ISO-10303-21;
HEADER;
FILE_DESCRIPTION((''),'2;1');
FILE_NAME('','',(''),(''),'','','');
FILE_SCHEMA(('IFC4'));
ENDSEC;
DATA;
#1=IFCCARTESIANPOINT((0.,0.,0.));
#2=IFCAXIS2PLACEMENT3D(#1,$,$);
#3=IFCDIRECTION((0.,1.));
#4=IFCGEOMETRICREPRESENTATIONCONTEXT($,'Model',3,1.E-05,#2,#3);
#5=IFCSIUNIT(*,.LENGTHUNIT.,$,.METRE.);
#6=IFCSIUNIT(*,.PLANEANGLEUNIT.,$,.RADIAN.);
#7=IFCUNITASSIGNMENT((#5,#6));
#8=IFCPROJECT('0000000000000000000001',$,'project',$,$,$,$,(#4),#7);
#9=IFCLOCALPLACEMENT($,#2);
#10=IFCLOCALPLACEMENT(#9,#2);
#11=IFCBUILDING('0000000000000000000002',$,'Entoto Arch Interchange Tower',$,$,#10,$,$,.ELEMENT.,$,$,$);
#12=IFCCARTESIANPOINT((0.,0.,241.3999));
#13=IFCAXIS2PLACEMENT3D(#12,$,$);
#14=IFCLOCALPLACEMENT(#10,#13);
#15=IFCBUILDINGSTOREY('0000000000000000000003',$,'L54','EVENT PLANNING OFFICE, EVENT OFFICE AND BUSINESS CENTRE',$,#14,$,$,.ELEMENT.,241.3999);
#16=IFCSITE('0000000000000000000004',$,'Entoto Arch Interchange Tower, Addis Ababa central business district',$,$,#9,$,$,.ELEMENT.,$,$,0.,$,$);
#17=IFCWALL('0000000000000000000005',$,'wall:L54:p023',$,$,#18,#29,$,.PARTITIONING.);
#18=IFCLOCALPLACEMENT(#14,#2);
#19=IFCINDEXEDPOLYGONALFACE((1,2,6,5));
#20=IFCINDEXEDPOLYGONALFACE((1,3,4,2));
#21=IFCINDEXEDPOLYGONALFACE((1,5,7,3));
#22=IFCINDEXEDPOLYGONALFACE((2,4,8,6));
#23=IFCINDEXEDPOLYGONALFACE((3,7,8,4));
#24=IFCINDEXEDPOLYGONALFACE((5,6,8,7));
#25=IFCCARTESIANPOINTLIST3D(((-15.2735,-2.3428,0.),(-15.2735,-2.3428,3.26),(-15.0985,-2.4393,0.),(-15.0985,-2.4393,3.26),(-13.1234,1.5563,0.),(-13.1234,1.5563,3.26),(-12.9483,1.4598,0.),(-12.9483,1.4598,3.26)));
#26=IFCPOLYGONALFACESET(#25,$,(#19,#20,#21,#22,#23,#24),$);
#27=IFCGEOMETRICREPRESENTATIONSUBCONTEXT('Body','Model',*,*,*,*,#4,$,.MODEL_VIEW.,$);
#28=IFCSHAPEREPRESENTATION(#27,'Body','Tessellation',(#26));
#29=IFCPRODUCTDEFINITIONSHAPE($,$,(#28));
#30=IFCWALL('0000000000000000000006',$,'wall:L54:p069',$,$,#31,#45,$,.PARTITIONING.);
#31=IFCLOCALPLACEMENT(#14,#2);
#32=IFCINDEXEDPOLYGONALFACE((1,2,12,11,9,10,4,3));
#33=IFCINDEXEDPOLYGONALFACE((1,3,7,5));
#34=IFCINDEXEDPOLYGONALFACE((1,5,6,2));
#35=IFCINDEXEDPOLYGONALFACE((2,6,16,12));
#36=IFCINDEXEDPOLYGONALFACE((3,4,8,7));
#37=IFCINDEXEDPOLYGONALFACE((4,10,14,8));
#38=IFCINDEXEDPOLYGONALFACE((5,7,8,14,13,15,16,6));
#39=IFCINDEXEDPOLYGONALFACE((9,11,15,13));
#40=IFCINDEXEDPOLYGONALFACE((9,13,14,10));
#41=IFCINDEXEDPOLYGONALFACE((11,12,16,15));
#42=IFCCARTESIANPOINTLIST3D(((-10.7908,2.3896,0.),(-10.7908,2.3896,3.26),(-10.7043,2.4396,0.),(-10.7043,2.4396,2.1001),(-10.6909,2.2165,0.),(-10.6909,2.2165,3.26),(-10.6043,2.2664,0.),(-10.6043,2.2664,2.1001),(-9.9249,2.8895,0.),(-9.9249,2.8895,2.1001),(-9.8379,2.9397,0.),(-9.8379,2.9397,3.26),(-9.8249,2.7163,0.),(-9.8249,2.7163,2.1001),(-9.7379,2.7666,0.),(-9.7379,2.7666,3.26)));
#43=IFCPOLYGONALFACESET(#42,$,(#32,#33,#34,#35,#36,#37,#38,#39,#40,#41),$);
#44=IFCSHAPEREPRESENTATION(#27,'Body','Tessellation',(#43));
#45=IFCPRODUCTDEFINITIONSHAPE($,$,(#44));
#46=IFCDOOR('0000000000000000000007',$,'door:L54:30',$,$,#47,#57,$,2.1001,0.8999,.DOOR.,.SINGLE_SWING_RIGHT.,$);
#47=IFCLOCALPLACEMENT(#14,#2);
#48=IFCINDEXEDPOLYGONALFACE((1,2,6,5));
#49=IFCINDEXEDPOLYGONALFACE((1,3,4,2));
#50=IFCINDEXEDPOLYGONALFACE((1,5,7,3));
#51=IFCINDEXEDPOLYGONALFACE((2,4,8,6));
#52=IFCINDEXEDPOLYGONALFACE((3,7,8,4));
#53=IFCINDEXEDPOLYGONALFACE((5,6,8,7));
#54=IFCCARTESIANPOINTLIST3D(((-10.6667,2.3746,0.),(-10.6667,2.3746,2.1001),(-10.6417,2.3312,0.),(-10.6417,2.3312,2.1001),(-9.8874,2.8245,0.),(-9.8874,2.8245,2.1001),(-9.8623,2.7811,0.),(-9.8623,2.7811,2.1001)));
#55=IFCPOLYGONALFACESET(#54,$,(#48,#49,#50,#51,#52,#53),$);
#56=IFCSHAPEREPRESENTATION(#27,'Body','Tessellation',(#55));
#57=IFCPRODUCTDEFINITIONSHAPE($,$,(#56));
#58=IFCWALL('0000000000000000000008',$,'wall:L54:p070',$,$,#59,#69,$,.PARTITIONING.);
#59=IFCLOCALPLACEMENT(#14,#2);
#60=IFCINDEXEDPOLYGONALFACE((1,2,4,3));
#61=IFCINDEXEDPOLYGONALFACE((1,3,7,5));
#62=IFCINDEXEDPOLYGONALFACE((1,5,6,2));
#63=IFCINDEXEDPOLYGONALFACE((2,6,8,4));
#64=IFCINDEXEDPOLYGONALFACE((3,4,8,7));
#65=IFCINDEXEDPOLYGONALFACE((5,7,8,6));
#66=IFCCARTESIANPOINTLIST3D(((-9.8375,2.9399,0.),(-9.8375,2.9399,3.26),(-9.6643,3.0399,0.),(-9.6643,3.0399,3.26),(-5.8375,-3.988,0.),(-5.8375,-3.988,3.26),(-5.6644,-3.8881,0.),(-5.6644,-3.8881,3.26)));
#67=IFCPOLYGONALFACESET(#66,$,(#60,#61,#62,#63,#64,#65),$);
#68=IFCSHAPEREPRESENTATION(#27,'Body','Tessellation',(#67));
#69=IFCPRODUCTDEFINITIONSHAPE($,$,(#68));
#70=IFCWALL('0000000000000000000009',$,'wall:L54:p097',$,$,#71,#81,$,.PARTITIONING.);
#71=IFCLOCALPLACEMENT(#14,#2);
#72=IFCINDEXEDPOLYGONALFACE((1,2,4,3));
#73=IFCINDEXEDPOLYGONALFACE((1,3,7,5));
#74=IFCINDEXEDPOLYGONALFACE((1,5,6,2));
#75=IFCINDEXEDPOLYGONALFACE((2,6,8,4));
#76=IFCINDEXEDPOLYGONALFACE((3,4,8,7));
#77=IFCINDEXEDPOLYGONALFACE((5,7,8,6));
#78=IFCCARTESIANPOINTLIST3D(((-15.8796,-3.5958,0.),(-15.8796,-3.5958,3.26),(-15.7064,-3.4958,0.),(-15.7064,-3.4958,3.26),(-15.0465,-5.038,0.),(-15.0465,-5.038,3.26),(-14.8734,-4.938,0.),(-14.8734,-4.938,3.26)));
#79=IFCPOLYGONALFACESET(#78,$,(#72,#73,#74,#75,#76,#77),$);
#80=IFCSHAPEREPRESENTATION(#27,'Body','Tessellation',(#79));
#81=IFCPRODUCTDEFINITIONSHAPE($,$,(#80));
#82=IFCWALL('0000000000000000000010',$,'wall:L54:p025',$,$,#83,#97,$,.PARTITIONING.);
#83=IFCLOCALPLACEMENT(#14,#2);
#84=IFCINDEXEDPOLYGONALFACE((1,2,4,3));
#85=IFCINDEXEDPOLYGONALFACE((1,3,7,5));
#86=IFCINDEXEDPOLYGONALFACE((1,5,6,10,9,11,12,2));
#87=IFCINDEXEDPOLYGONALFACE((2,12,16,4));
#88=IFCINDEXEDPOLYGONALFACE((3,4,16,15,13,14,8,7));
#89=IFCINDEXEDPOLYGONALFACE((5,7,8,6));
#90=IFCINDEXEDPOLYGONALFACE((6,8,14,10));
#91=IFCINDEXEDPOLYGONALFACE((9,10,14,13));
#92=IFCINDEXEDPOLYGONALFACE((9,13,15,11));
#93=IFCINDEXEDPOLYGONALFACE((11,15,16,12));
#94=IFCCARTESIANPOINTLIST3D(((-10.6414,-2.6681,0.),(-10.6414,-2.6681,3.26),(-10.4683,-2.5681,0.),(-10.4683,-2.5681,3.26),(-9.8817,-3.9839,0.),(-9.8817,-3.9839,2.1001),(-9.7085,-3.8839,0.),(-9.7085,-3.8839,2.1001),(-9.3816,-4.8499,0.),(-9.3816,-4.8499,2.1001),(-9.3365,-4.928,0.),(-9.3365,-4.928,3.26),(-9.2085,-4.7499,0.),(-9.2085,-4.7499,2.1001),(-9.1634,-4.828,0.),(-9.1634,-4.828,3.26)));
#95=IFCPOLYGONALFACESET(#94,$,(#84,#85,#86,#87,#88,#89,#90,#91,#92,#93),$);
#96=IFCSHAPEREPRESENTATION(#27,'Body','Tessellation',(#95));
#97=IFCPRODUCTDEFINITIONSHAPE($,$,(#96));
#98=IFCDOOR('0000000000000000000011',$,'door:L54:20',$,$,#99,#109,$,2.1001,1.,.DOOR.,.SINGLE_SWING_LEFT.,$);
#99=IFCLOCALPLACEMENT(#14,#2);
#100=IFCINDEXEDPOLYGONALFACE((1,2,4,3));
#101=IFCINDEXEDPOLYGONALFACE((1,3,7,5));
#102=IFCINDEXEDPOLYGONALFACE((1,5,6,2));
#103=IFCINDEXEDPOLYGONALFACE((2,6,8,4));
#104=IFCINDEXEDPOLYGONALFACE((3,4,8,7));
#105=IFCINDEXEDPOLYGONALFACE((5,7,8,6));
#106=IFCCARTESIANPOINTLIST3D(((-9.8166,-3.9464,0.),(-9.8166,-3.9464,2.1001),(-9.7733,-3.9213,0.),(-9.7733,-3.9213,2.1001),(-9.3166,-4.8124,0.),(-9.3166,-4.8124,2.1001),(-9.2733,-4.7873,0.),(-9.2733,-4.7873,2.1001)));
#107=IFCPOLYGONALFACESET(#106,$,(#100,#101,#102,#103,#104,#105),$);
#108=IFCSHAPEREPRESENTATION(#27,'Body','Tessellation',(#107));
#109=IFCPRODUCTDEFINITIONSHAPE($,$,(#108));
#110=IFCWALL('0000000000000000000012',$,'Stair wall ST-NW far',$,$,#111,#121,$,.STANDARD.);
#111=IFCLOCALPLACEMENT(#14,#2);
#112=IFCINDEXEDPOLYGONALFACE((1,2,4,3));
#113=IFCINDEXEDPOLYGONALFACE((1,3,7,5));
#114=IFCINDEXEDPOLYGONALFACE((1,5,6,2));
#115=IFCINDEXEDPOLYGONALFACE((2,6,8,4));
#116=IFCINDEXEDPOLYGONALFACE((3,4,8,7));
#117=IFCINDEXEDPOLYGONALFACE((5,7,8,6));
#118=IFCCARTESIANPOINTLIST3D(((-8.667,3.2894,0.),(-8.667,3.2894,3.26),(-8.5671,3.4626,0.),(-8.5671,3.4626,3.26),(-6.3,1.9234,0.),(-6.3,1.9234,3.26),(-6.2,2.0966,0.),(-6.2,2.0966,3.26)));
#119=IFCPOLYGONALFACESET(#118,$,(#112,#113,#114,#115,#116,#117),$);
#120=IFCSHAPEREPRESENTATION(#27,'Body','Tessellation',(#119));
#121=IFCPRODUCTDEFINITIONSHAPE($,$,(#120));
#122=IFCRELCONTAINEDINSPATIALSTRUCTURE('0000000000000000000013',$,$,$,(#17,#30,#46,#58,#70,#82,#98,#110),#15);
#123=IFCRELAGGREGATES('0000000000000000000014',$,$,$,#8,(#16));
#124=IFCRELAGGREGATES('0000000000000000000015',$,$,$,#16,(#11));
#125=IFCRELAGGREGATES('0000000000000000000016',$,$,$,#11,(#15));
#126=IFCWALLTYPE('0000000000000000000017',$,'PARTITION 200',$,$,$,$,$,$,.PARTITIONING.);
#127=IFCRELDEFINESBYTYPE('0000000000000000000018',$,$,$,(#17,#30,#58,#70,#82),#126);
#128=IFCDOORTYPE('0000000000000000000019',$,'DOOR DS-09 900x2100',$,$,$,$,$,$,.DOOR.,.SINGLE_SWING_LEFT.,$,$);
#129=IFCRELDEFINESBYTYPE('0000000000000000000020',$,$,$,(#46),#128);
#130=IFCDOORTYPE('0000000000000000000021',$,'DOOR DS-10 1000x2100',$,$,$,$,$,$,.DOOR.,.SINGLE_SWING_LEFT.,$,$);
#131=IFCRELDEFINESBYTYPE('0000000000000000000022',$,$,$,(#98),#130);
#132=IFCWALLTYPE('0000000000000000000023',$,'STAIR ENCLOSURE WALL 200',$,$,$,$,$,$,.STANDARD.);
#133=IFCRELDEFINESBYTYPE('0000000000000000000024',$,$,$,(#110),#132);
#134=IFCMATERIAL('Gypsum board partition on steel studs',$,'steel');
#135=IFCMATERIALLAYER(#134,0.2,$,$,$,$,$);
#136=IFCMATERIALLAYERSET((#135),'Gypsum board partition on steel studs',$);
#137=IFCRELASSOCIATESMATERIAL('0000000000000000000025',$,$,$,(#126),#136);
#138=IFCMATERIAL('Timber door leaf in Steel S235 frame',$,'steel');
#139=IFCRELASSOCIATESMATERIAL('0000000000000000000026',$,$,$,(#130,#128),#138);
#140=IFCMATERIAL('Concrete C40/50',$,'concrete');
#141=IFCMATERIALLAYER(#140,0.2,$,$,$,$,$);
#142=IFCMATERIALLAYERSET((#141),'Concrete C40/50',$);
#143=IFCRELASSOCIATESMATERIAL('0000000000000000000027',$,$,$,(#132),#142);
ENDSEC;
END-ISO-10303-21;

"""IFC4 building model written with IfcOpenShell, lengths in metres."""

from ifc_helpers import new_model, si_unit, direction, frame, frame_2d, origin, place, context, subcontext, project, spatial, rectangle, extrude, material, layer, layer_set, type_object, element, fill, save


model = new_model("IFC4")

# Units and contexts
model_context = context("Model", 3, precision=1e-05, world=origin(), true_north=direction((0.0, 1.0)))
body_context = subcontext(model_context, "Body", "Model", "MODEL_VIEW")
ifc_project = project(units=[si_unit("LENGTHUNIT", "METRE"), si_unit("PLANEANGLEUNIT", "RADIAN")], contexts=[model_context])

# Site, building, storey
site_placement = place(None, origin())
site = spatial("IfcSite", under=ifc_project, at=site_placement, Name="Entoto Arch Interchange Tower, Addis Ababa central business district", CompositionType="ELEMENT", RefElevation=0.0)
building_placement = place(site_placement, origin())
building = spatial("IfcBuilding", under=site, at=building_placement, Name="Entoto Arch Interchange Tower", CompositionType="ELEMENT")
storey_placement = place(building_placement, frame((0.0, 0.0, 241.3999)))
storey = spatial("IfcBuildingStorey", under=building, at=storey_placement, Name="L54", Description="EVENT PLANNING OFFICE, EVENT OFFICE AND BUSINESS CENTRE", CompositionType="ELEMENT", Elevation=241.3999)

# Shared definitions
ifc_material_1 = material(Name="Concrete C40/50", Category="concrete")

# Shared definitions
ifc_material_2 = material(Name="Gypsum board partition on steel studs", Category="steel")

# Shared definitions
ifc_layer_1 = layer(ifc_material_2, 0.2)
ifc_layer_set_1 = layer_set([ifc_layer_1], Name="Gypsum board partition on steel studs")
wall_type_1 = type_object("IfcWallType", Name="PARTITION 200", PredefinedType="PARTITIONING", material=ifc_layer_set_1)
ifc_material_3 = material(Name="Timber door leaf in Steel S235 frame", Category="steel")
door_type_1 = type_object("IfcDoorType", Name="DOOR DS-10 1000x2100", OperationType="SINGLE_SWING_LEFT", PredefinedType="DOOR", material=ifc_material_3)

# Wall
wall_1_placement = place(storey_placement, frame((-13.0359, 1.5081, 0.0), z_axis=(0.0, 0.0, 1.0), x_axis=(-0.482885, -0.875684, 0.0)))
element("IfcWall", 1, at=wall_1_placement, inside=storey, type_object=wall_type_1, Name="wall:L54:p023", PredefinedType="PARTITIONING", context=body_context, shape_type="SweptSolid", body=[
    extrude(rectangle(XDim=4.4526, YDim=0.2, at=frame_2d((2.2263, 0.0))), origin(), (0.0, 0.0, 1.0), 3.26),
])

# Wall, opening, door
wall_2_placement = place(storey_placement, frame((-10.741, 2.303, 0.0), z_axis=(0.0, 0.0, 1.0), x_axis=(0.866064, 0.499934, 0.0)))
wall_2 = element("IfcWall", 2, at=wall_2_placement, inside=storey, type_object=wall_type_1, Name="wall:L54:p069", PredefinedType="PARTITIONING", context=body_context, shape_type="SweptSolid", body=[
    extrude(rectangle(XDim=1.1003, YDim=0.2, at=frame_2d((0.5503, 0.0))), origin(), (0.0, 0.0, 1.0), 3.26),
])
opening_1_placement = place(wall_2_placement, frame((0.1001, 0.0, 0.0)))
opening_1 = element("IfcOpeningElement", 3, at=opening_1_placement, cuts=wall_2, PredefinedType="OPENING", context=body_context, shape_type="SweptSolid", body=[
    extrude(rectangle(XDim=0.8999, YDim=2.1001, at=frame_2d((0.45, 1.05))), frame((0.0, 0.1099, 0.0), z_axis=(0.0, -1.0, 0.0), x_axis=(1.0, 0.0, 0.0)), (0.0, 0.0, 1.0), 0.22),
])
door_type_2 = type_object("IfcDoorType", Name="DOOR DS-09 900x2100", OperationType="SINGLE_SWING_LEFT", PredefinedType="DOOR", material=ifc_material_3)
door_1_placement = place(opening_1_placement, origin())
door_1 = element("IfcDoor", 4, at=door_1_placement, inside=storey, type_object=door_type_2, Name="door:L54:30", OperationType="SINGLE_SWING_RIGHT", OverallHeight=2.1001, OverallWidth=0.8999, PredefinedType="DOOR", context=body_context, shape_type="SweptSolid", body=[
    extrude(rectangle(XDim=0.8999, YDim=2.1001, at=frame_2d((0.45, 1.05))), frame((0.0, 0.0249, 0.0), z_axis=(0.0, -1.0, 0.0), x_axis=(1.0, 0.0, 0.0)), (0.0, 0.0, 1.0), 0.05),
])
fill(opening_1, door_1)

# Walls
wall_3_placement = place(storey_placement, frame((-9.751, 2.99, 0.0), z_axis=(0.0, 0.0, 1.0), x_axis=(0.500012, -0.866018, 0.0)))
element("IfcWall", 5, at=wall_3_placement, inside=storey, type_object=wall_type_1, Name="wall:L54:p070", PredefinedType="PARTITIONING", context=body_context, shape_type="SweptSolid", body=[
    extrude(rectangle(XDim=7.9998, YDim=0.2, at=frame_2d((4.0, 0.0))), origin(), (0.0, 0.0, 1.0), 3.26),
])
wall_4_placement = place(storey_placement, frame((-14.96, -4.988, 0.0), z_axis=(0.0, 0.0, 1.0), x_axis=(-0.500175, 0.865924, 0.0)))
element("IfcWall", 6, at=wall_4_placement, inside=storey, type_object=wall_type_1, Name="wall:L54:p097", PredefinedType="PARTITIONING", context=body_context, shape_type="SweptSolid", body=[
    extrude(rectangle(XDim=1.6655, YDim=0.2, at=frame_2d((0.8328, 0.0))), origin(), (0.0, 0.0, 1.0), 3.26),
])

# Wall, opening, door
wall_5_placement = place(storey_placement, frame((-9.25, -4.8779, 0.0), z_axis=(0.0, 0.0, 1.0), x_axis=(-0.500033, 0.866006, 0.0)))
wall_5 = element("IfcWall", 7, at=wall_5_placement, inside=storey, type_object=wall_type_1, Name="wall:L54:p025", PredefinedType="PARTITIONING", context=body_context, shape_type="SweptSolid", body=[
    extrude(rectangle(XDim=2.6096, YDim=0.2, at=frame_2d((1.3047, 0.0))), origin(), (0.0, 0.0, 1.0), 3.26),
])
opening_2_placement = place(wall_5_placement, frame((0.0901, 0.0, 0.0)))
opening_2 = element("IfcOpeningElement", 8, at=opening_2_placement, cuts=wall_5, PredefinedType="OPENING", context=body_context, shape_type="SweptSolid", body=[
    extrude(rectangle(XDim=1.0, YDim=2.1001, at=frame_2d((0.5, 1.05))), frame((0.0, 0.1099, 0.0), z_axis=(0.0, -1.0, 0.0), x_axis=(1.0, 0.0, 0.0)), (0.0, 0.0, 1.0), 0.22),
])
door_2_placement = place(opening_2_placement, origin())
door_2 = element("IfcDoor", 9, at=door_2_placement, inside=storey, type_object=door_type_1, Name="door:L54:20", OperationType="SINGLE_SWING_LEFT", OverallHeight=2.1001, OverallWidth=1.0, PredefinedType="DOOR", context=body_context, shape_type="SweptSolid", body=[
    extrude(rectangle(XDim=1.0, YDim=2.1001, at=frame_2d((0.5, 1.05))), frame((0.0, 0.0249, 0.0), z_axis=(0.0, -1.0, 0.0), x_axis=(1.0, 0.0, 0.0)), (0.0, 0.0, 1.0), 0.05),
])
fill(opening_2, door_2)

# Wall
ifc_layer_2 = layer(ifc_material_1, 0.2)
ifc_layer_set_2 = layer_set([ifc_layer_2], Name="Concrete C40/50")
wall_type_2 = type_object("IfcWallType", Name="STAIR ENCLOSURE WALL 200", PredefinedType="STANDARD", material=ifc_layer_set_2)
wall_6_placement = place(storey_placement, frame((-6.25, 2.01, 0.0), z_axis=(0.0, 0.0, 1.0), x_axis=(-0.866119, 0.499838, 0.0)))
element("IfcWall", 10, at=wall_6_placement, inside=storey, type_object=wall_type_2, Name="Stair wall ST-NW far", PredefinedType="STANDARD", context=body_context, shape_type="SweptSolid", body=[
    extrude(rectangle(XDim=2.7329, YDim=0.2, at=frame_2d((1.3665, 0.0))), origin(), (0.0, 0.0, 1.0), 3.26),
])

save(model, "model.ifc")
